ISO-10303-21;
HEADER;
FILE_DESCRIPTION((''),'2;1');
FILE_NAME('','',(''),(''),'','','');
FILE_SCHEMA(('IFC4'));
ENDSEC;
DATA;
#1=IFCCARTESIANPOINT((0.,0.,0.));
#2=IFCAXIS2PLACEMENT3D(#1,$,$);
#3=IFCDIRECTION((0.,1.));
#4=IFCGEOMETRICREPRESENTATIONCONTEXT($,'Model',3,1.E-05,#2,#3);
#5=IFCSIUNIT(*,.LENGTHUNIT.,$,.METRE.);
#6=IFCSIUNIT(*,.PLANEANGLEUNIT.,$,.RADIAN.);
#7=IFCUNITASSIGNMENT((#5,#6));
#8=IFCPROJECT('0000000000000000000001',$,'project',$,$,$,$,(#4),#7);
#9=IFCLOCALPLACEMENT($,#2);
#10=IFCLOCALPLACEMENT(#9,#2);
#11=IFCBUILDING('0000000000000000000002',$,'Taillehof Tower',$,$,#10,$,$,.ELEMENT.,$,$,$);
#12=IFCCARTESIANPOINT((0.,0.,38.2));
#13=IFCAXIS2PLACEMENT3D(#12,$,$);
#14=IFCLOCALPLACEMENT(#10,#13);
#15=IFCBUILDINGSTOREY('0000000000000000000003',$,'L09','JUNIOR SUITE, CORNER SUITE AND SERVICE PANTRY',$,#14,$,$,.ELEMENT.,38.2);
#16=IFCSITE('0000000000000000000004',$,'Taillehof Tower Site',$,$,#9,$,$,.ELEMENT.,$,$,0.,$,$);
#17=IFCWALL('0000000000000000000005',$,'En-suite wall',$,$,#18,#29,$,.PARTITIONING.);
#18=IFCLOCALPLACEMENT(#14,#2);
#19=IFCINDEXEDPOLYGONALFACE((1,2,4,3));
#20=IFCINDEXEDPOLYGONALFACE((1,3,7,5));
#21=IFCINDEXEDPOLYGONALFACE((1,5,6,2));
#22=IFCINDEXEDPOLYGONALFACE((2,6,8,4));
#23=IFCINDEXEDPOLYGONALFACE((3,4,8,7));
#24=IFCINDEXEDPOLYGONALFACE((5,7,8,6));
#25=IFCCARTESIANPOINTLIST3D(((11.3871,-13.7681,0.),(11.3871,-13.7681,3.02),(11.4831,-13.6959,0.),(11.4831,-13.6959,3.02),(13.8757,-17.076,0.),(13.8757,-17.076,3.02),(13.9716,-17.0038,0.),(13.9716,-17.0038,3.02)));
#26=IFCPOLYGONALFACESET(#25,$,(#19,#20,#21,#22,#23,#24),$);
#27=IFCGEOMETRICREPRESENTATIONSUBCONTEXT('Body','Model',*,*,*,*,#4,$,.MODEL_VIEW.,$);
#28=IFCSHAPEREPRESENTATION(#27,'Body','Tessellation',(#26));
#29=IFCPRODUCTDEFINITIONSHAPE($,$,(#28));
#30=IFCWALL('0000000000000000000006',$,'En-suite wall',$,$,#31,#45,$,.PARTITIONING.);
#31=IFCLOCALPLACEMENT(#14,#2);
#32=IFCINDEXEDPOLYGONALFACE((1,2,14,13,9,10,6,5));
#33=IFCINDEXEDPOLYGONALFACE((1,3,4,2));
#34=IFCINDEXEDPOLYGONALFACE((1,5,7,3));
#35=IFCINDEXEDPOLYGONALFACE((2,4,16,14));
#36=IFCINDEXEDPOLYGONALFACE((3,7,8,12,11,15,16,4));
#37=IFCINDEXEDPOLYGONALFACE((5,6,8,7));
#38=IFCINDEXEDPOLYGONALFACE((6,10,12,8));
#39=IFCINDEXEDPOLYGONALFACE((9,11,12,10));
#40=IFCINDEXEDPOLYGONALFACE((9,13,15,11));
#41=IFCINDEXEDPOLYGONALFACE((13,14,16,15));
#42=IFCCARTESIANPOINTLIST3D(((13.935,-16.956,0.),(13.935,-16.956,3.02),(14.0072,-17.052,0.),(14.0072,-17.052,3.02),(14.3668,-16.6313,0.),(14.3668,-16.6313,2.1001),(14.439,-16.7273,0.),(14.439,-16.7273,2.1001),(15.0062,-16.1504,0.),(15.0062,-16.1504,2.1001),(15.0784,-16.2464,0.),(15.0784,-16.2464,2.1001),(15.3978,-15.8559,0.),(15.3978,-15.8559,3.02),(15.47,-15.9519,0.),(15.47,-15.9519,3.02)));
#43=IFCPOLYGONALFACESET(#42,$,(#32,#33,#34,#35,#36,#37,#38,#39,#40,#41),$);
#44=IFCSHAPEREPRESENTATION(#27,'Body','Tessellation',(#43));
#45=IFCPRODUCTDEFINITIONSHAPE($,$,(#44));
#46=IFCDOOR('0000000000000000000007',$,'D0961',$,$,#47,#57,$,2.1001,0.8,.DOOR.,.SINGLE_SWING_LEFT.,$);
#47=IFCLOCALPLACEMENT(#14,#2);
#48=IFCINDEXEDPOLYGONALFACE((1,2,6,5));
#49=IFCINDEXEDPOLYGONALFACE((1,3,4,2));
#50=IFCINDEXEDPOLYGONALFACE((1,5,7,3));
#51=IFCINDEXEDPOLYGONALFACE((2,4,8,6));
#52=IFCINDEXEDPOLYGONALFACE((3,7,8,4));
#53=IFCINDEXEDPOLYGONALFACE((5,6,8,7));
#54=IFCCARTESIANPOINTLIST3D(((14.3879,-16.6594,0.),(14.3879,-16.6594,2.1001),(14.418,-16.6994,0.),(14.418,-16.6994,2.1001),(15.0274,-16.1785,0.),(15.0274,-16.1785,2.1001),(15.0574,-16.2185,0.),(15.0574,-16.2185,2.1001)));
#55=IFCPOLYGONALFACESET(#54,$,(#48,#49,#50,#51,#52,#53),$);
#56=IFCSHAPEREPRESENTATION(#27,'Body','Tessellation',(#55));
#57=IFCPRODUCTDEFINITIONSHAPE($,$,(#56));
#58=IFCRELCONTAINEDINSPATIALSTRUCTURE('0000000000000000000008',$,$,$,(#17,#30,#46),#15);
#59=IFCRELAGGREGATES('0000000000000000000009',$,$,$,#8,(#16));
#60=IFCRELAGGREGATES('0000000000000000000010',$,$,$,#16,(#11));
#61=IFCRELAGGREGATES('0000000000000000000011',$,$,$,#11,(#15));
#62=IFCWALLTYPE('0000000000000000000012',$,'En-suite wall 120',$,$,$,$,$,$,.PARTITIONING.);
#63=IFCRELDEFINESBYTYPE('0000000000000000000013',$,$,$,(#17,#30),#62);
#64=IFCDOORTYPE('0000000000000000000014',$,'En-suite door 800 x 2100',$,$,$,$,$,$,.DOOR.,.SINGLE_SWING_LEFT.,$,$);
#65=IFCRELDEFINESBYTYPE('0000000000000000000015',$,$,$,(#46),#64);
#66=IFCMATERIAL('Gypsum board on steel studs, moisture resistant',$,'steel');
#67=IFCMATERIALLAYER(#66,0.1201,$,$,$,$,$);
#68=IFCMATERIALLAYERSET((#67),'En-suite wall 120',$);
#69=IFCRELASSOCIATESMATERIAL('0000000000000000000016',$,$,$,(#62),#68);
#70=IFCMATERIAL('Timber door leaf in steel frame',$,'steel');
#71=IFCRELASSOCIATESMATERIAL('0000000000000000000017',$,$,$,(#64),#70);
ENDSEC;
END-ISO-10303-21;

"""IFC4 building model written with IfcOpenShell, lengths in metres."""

from ifc_helpers import new_model, si_unit, direction, frame, frame_2d, origin, place, context, subcontext, project, spatial, rectangle, extrude, material, layer, layer_set, type_object, element, fill, save


model = new_model("IFC4")

# Units and contexts
model_context = context("Model", 3, precision=1e-05, world=origin(), true_north=direction((0.0, 1.0)))
body_context = subcontext(model_context, "Body", "Model", "MODEL_VIEW")
ifc_project = project(units=[si_unit("LENGTHUNIT", "METRE"), si_unit("PLANEANGLEUNIT", "RADIAN")], contexts=[model_context])

# Site, building, storey
site_placement = place(None, origin())
site = spatial("IfcSite", under=ifc_project, at=site_placement, Name="Taillehof Tower Site", CompositionType="ELEMENT", RefElevation=0.0)
building_placement = place(site_placement, origin())
building = spatial("IfcBuilding", under=site, at=building_placement, Name="Taillehof Tower", CompositionType="ELEMENT")
storey_placement = place(building_placement, frame((0.0, 0.0, 38.2)))
storey = spatial("IfcBuildingStorey", under=building, at=storey_placement, Name="L09", Description="JUNIOR SUITE, CORNER SUITE AND SERVICE PANTRY", CompositionType="ELEMENT", Elevation=38.2)

# Wall
ifc_material_1 = material(Name="Gypsum board on steel studs, moisture resistant", Category="steel")
ifc_layer_1 = layer(ifc_material_1, 0.1201)
ifc_layer_set_1 = layer_set([ifc_layer_1], Name="En-suite wall 120")
wall_type_1 = type_object("IfcWallType", Name="En-suite wall 120", PredefinedType="PARTITIONING", material=ifc_layer_set_1)
wall_1_placement = place(storey_placement, frame((11.4351, -13.7319, 0.0), z_axis=(0.0, 0.0, 1.0), x_axis=(0.601179, -0.799114, 0.0)))
element("IfcWall", 1, at=wall_1_placement, inside=storey, type_object=wall_type_1, Name="En-suite wall", PredefinedType="PARTITIONING", context=body_context, shape_type="SweptSolid", body=[
    extrude(rectangle(XDim=4.1394, YDim=0.1201, at=frame_2d((2.0698, 0.0))), origin(), (0.0, 0.0, 1.0), 3.02),
])

# Wall, opening, door
wall_2_placement = place(storey_placement, frame((13.9712, -17.0039, 0.0), z_axis=(0.0, 0.0, 1.0), x_axis=(0.799231, 0.601024, 0.0)))
wall_2 = element("IfcWall", 2, at=wall_2_placement, inside=storey, type_object=wall_type_1, Name="En-suite wall", PredefinedType="PARTITIONING", context=body_context, shape_type="SweptSolid", body=[
    extrude(rectangle(XDim=1.8303, YDim=0.1201, at=frame_2d((0.915, 0.0))), origin(), (0.0, 0.0, 1.0), 3.02),
])
opening_1_placement = place(wall_2_placement, frame((0.5403, 0.0, 0.0)))
opening_1 = element("IfcOpeningElement", 3, at=opening_1_placement, cuts=wall_2, PredefinedType="OPENING", context=body_context, shape_type="SweptSolid", body=[
    extrude(rectangle(XDim=0.8, YDim=2.1001, at=frame_2d((0.3999, 1.05))), frame((0.0, 0.0701, 0.0), z_axis=(0.0, -1.0, 0.0), x_axis=(1.0, 0.0, 0.0)), (0.0, 0.0, 1.0), 0.1401),
])
ifc_material_2 = material(Name="Timber door leaf in steel frame", Category="steel")
door_type_1 = type_object("IfcDoorType", Name="En-suite door 800 x 2100", OperationType="SINGLE_SWING_LEFT", PredefinedType="DOOR", material=ifc_material_2)
door_1_placement = place(opening_1_placement, origin())
door_1 = element("IfcDoor", 4, at=door_1_placement, inside=storey, type_object=door_type_1, Name="D0961", OperationType="SINGLE_SWING_LEFT", OverallHeight=2.1001, OverallWidth=0.8, PredefinedType="DOOR", context=body_context, shape_type="SweptSolid", body=[
    extrude(rectangle(XDim=0.8, YDim=2.1001, at=frame_2d((0.3999, 1.05))), frame((0.0, 0.0249, 0.0), z_axis=(0.0, -1.0, 0.0), x_axis=(1.0, 0.0, 0.0)), (0.0, 0.0, 1.0), 0.05),
])
fill(opening_1, door_1)

save(model, "model.ifc")
